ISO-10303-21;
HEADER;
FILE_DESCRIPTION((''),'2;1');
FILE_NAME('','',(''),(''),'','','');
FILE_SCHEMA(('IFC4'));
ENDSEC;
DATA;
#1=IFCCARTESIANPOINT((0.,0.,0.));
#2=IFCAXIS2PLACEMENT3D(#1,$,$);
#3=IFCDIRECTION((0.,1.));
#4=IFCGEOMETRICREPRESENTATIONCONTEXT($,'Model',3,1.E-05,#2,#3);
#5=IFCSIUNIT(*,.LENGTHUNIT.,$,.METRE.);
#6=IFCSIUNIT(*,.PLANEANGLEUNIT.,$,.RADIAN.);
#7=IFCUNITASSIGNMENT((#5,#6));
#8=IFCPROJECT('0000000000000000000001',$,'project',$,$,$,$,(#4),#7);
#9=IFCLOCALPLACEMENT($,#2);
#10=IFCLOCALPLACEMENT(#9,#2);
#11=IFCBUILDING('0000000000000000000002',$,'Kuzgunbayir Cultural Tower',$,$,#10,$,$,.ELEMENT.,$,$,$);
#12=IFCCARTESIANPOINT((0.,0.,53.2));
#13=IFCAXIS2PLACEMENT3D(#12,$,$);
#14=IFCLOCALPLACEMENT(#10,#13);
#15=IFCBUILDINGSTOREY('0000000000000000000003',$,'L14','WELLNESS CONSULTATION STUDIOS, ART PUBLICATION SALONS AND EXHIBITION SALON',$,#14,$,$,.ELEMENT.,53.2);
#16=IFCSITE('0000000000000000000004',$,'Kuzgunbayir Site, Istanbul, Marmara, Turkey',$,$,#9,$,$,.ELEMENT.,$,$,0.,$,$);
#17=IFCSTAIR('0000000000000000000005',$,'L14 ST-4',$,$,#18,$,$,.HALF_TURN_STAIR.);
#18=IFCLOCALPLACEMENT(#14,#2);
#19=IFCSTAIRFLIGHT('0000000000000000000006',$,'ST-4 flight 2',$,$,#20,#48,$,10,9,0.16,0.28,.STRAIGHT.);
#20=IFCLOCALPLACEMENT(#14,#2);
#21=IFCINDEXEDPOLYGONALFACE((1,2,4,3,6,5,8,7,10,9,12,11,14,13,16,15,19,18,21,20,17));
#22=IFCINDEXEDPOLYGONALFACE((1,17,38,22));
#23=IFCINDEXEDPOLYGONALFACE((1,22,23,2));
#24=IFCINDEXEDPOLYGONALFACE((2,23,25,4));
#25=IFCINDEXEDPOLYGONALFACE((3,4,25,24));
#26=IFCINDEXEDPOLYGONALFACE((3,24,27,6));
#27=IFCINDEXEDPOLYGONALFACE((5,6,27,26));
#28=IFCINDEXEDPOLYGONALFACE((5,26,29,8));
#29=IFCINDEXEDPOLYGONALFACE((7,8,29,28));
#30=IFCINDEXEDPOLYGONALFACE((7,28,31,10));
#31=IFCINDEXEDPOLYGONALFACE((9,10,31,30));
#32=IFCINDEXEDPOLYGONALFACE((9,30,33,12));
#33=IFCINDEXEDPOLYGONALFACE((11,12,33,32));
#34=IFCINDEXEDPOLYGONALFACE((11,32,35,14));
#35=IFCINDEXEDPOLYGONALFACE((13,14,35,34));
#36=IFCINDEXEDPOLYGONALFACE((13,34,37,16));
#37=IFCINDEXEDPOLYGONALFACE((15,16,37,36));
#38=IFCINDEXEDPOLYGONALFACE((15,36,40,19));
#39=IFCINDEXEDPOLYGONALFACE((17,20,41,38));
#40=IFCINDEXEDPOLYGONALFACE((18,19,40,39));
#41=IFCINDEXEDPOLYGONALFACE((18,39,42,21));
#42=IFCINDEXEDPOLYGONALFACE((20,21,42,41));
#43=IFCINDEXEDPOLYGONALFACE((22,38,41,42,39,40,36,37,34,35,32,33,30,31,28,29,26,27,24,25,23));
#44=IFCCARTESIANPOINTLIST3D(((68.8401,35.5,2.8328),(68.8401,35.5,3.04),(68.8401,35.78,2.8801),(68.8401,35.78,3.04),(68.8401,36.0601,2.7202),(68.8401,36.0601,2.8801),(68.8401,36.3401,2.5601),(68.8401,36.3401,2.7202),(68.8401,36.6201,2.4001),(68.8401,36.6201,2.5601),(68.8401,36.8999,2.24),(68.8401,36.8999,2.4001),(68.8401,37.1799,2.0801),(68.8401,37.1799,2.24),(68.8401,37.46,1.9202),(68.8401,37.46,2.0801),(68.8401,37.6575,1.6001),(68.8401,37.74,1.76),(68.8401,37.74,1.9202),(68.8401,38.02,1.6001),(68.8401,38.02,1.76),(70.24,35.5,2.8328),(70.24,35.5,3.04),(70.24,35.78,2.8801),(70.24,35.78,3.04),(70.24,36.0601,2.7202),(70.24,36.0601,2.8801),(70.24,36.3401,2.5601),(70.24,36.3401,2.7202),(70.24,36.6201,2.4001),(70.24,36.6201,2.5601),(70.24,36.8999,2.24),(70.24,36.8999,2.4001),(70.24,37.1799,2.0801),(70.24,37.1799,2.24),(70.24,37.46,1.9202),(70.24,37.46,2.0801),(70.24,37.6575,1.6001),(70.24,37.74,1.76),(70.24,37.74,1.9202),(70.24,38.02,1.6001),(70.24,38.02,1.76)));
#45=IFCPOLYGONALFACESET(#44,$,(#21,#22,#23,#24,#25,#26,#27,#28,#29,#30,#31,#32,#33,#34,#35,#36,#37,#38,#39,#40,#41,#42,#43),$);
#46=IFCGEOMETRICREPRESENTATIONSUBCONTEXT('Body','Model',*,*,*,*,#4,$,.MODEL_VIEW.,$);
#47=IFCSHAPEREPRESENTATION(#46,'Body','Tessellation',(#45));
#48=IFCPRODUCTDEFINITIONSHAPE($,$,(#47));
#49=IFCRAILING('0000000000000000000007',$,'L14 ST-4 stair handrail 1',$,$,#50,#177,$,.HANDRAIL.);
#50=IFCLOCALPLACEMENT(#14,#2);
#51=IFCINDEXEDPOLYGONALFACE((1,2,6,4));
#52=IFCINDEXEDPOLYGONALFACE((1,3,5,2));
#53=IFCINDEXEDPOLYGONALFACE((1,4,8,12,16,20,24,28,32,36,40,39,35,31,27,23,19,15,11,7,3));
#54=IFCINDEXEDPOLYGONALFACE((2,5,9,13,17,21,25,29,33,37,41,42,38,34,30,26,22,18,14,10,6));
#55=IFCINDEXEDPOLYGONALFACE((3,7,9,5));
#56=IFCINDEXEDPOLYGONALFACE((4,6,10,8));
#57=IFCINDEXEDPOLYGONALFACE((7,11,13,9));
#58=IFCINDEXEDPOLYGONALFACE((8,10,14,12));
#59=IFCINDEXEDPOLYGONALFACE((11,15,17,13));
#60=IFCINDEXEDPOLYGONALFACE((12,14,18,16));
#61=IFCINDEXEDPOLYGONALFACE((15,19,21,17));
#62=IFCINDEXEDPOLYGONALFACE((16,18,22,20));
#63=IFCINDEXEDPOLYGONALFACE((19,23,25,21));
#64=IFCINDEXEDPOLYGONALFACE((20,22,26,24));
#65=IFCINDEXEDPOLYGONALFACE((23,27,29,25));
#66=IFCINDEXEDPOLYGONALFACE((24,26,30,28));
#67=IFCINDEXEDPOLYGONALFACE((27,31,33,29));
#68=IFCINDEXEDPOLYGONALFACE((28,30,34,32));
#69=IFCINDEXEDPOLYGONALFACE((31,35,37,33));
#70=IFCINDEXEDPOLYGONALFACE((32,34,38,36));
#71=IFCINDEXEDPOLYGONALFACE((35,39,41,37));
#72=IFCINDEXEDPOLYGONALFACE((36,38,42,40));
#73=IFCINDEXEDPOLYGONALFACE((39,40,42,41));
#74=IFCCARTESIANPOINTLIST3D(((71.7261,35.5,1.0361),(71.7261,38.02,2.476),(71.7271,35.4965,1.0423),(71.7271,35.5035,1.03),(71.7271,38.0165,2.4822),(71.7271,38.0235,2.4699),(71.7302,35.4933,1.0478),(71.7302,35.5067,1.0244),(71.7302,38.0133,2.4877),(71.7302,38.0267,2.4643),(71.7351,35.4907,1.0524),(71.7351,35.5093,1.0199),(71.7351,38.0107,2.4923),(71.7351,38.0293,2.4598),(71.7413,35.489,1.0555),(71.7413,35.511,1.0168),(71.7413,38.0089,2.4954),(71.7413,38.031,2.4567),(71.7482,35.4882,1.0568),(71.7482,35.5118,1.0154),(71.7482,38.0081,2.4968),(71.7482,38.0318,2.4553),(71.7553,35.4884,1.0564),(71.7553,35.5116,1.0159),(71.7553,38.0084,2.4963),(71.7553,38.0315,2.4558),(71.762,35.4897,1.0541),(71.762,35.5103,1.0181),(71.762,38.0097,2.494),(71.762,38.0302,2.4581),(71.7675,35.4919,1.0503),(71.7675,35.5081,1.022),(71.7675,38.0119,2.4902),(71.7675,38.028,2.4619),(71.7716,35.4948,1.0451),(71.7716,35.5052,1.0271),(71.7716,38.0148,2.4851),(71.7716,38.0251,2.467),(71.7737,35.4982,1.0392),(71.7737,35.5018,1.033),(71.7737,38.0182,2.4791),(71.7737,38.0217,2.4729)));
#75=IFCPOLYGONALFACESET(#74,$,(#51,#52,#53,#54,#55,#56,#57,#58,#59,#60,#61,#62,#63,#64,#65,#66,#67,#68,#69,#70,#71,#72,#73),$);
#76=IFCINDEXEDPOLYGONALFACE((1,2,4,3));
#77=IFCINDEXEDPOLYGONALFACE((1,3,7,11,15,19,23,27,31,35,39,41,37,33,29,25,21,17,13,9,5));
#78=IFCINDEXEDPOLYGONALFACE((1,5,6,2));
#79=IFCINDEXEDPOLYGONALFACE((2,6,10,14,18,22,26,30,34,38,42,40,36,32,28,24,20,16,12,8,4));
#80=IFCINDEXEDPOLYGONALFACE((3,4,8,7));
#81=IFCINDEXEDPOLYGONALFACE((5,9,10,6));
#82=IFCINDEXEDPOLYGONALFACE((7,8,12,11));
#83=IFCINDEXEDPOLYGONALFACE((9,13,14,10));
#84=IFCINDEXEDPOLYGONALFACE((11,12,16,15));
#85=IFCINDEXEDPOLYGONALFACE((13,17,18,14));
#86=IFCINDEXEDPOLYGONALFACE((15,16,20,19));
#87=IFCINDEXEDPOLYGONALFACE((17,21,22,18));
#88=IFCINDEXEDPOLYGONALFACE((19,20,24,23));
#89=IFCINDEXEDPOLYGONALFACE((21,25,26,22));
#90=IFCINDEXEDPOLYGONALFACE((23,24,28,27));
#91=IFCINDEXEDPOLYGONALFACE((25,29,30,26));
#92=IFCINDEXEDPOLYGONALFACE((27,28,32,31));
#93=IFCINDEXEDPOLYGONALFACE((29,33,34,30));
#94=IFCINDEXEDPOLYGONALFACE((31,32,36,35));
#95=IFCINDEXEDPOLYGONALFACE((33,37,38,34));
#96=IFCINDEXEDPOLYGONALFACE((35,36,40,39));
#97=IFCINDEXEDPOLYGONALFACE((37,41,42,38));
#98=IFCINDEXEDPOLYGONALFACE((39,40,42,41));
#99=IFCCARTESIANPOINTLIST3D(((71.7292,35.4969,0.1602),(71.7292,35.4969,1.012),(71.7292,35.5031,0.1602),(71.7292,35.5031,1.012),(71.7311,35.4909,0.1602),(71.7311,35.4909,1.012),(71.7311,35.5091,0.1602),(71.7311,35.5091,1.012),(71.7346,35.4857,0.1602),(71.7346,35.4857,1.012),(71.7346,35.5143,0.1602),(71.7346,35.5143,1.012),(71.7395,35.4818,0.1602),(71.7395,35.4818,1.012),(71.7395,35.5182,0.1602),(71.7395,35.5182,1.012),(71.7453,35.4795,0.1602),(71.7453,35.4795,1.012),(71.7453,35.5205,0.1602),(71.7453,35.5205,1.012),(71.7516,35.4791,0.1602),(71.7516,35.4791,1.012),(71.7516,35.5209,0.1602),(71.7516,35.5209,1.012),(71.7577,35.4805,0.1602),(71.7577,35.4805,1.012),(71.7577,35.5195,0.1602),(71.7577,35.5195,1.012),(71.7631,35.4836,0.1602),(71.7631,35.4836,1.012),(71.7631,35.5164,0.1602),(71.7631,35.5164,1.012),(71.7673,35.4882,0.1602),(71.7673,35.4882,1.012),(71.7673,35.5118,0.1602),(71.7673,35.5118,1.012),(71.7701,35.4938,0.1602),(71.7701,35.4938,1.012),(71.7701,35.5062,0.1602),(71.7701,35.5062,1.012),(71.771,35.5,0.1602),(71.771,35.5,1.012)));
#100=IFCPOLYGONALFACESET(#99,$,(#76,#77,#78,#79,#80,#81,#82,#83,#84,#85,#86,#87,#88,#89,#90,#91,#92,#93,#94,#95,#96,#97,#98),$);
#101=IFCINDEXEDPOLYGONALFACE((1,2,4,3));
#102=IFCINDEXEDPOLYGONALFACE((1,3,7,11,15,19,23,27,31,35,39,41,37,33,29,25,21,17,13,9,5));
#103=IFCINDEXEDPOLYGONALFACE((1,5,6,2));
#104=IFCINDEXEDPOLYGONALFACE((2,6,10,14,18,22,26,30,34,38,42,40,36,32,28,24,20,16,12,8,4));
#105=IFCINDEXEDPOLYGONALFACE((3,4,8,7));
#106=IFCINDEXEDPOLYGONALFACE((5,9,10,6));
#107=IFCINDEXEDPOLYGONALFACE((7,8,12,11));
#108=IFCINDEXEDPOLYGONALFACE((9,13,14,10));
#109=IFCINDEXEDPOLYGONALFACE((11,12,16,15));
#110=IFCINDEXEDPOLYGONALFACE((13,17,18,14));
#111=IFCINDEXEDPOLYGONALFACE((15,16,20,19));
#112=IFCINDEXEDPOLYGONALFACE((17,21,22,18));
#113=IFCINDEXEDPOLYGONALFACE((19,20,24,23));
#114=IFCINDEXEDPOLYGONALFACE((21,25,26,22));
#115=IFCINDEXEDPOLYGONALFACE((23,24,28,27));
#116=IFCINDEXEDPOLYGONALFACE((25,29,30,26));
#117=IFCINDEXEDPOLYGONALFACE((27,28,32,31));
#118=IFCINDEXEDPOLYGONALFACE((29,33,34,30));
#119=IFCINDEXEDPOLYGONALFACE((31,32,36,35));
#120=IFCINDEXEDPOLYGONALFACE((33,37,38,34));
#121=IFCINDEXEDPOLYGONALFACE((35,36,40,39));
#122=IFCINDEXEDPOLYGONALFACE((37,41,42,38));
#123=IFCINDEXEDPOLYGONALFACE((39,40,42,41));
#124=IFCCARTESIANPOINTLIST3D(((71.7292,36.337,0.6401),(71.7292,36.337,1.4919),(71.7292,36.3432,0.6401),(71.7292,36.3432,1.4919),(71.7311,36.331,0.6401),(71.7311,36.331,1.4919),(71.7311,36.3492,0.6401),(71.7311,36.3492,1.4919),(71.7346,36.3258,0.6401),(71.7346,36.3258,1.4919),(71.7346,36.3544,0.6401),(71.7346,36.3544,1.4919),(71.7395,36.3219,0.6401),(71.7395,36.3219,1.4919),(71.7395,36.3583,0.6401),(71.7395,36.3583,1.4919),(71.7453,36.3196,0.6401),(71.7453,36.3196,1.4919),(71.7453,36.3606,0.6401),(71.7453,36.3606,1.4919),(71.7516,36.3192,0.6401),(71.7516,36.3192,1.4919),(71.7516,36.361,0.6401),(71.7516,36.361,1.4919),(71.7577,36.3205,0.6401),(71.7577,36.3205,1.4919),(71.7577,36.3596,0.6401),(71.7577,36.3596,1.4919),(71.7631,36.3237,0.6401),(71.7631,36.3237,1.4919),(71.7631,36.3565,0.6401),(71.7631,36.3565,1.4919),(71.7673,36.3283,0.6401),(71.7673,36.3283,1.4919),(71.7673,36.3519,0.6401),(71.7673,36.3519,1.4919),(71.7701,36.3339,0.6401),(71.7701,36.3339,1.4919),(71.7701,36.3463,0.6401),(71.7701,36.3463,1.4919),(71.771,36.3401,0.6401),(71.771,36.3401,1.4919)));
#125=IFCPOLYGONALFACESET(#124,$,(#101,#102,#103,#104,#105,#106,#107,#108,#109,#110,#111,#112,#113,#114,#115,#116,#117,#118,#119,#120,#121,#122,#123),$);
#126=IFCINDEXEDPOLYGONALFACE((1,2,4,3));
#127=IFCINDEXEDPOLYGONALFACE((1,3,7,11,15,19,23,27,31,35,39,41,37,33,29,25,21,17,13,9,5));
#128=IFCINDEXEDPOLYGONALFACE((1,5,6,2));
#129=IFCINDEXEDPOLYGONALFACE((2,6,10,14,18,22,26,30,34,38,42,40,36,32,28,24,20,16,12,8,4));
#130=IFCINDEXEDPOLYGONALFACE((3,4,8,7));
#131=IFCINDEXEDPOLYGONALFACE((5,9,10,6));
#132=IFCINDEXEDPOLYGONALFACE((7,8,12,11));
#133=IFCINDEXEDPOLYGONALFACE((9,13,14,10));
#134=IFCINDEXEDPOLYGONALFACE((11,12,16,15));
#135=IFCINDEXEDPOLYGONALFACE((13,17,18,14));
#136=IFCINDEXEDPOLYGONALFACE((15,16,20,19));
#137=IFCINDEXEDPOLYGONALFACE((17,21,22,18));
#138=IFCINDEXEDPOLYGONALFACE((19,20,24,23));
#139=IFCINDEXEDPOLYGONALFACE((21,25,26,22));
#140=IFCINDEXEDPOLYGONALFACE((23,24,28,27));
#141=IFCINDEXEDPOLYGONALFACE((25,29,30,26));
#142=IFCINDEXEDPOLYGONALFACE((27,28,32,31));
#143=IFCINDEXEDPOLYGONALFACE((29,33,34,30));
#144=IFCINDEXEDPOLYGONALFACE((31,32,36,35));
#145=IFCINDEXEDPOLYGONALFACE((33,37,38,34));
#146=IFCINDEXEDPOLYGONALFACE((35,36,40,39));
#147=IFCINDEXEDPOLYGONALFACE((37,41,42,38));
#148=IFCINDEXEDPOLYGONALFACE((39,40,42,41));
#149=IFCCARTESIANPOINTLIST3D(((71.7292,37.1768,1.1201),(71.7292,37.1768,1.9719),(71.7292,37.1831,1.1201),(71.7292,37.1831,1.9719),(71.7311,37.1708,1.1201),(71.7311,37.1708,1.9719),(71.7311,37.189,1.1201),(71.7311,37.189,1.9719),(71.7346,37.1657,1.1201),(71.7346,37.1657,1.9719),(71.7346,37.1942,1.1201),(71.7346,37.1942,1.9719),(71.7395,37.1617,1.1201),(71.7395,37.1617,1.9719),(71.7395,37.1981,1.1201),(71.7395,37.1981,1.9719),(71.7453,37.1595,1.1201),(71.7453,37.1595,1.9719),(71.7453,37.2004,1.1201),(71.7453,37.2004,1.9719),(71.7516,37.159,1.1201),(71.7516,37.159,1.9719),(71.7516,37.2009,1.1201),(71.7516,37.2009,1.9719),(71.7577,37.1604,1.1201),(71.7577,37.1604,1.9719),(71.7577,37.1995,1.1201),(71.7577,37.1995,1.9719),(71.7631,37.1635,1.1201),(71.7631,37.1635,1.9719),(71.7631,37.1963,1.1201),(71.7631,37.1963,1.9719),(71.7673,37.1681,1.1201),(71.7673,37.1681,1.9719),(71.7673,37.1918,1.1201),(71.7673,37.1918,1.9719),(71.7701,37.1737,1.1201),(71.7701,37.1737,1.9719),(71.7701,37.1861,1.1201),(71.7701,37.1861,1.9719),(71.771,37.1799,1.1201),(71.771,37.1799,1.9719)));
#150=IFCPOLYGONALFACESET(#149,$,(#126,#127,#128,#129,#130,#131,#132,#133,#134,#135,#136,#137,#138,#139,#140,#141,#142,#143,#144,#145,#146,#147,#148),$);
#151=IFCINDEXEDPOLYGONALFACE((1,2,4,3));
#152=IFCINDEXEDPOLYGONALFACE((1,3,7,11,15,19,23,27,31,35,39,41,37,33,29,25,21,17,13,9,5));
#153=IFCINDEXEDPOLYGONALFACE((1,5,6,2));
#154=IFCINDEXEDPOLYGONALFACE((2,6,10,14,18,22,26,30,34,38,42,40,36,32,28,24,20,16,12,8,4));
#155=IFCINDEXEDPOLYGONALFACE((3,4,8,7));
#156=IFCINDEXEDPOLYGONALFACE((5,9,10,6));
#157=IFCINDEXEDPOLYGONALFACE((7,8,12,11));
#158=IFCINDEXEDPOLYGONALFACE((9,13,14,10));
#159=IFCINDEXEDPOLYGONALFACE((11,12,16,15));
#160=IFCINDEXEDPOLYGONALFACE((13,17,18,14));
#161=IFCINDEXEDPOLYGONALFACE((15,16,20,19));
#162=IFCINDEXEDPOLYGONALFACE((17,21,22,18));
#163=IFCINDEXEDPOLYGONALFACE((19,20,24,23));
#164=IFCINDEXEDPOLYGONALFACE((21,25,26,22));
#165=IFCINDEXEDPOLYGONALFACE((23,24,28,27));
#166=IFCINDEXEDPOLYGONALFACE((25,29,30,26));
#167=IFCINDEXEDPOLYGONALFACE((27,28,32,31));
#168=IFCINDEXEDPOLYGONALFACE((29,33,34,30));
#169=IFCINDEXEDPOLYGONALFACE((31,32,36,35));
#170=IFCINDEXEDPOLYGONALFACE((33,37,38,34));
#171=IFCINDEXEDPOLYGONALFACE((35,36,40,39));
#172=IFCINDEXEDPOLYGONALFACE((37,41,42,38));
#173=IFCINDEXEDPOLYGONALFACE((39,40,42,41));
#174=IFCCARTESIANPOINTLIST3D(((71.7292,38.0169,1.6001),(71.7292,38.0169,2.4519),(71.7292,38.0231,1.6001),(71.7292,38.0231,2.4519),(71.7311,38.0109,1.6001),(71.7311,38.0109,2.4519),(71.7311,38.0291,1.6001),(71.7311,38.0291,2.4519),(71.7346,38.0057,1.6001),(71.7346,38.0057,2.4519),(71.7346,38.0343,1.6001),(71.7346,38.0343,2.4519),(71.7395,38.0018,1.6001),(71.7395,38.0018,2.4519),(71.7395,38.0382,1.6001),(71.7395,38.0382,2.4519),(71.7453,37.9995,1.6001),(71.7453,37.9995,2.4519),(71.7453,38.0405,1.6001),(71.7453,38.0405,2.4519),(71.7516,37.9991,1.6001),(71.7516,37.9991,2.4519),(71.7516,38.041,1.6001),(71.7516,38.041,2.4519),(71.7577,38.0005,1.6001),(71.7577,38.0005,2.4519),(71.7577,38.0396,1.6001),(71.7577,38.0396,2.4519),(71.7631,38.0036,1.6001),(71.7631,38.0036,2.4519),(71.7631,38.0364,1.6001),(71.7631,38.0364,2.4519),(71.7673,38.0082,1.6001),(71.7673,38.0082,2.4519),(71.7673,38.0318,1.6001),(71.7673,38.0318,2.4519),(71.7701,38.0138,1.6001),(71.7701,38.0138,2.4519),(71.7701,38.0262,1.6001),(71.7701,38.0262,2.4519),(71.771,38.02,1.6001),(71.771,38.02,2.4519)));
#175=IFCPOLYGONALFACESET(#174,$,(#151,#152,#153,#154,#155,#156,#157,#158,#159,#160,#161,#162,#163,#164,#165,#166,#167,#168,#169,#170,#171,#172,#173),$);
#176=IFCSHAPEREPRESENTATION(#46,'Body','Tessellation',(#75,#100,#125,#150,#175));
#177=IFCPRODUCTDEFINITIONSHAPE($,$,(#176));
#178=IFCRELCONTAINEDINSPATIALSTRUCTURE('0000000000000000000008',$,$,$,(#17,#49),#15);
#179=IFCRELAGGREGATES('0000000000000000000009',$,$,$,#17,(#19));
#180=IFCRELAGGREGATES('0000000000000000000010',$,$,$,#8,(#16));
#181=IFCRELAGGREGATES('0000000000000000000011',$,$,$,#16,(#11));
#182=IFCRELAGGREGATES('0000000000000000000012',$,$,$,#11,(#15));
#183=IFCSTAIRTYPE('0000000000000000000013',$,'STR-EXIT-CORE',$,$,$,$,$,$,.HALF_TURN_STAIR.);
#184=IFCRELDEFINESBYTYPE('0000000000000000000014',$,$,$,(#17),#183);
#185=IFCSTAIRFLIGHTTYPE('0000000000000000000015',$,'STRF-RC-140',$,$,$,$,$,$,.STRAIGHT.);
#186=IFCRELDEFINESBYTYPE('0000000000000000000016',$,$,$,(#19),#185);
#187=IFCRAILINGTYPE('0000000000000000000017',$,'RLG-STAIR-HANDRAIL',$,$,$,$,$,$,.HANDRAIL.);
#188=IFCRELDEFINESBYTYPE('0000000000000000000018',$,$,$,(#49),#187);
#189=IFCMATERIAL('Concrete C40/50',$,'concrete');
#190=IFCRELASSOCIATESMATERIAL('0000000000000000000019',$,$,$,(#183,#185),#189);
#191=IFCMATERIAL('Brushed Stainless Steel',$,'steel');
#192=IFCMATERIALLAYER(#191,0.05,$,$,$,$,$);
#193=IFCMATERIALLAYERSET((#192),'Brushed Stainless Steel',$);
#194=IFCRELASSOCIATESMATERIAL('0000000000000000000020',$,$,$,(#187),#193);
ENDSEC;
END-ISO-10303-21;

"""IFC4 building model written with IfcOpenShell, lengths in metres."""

from ifc_helpers import new_model, si_unit, direction, frame, origin, origin_2d, place, context, subcontext, project, spatial, polyline, circle, outline, extrude, material, layer, layer_set, type_object, element, aggregate, save


model = new_model("IFC4")

# Units and contexts
model_context = context("Model", 3, precision=1e-05, world=origin(), true_north=direction((0.0, 1.0)))
body_context = subcontext(model_context, "Body", "Model", "MODEL_VIEW")
ifc_project = project(units=[si_unit("LENGTHUNIT", "METRE"), si_unit("PLANEANGLEUNIT", "RADIAN")], contexts=[model_context])

# Site, building, storey
site_placement = place(None, origin())
site = spatial("IfcSite", under=ifc_project, at=site_placement, Name="Kuzgunbayir Site, Istanbul, Marmara, Turkey", CompositionType="ELEMENT", RefElevation=0.0)
building_placement = place(site_placement, origin())
building = spatial("IfcBuilding", under=site, at=building_placement, Name="Kuzgunbayir Cultural Tower", CompositionType="ELEMENT")
storey_placement = place(building_placement, frame((0.0, 0.0, 53.2)))
storey = spatial("IfcBuildingStorey", under=building, at=storey_placement, Name="L14", Description="WELLNESS CONSULTATION STUDIOS, ART PUBLICATION SALONS AND EXHIBITION SALON", CompositionType="ELEMENT", Elevation=53.2)

# Shared definitions
ifc_material_1 = material(Name="Concrete C40/50", Category="concrete")
ifc_material_2 = material(Name="Brushed Stainless Steel", Category="steel")

# Stair, stair flight
stair_type = type_object("IfcStairType", Name="STR-EXIT-CORE", PredefinedType="HALF_TURN_STAIR", material=ifc_material_1)
stair_placement = place(storey_placement, origin())
stair = element("IfcStair", 1, at=stair_placement, inside=storey, type_object=stair_type, Name="L14 ST-4", PredefinedType="HALF_TURN_STAIR")
stair_flight_type = type_object("IfcStairFlightType", Name="STRF-RC-140", PredefinedType="STRAIGHT", material=ifc_material_1)
stair_flight_placement = place(storey_placement, frame((69.54, 38.02, 1.6001), z_axis=(0.0, 0.0, 1.0), x_axis=(0.0, -1.0, 0.0)))
stair_flight = element("IfcStairFlight", 2, at=stair_flight_placement, type_object=stair_flight_type, Name="ST-4 flight 2", NumberOfRisers=10, NumberOfTreads=9, PredefinedType="STRAIGHT", RiserHeight=0.16, TreadLength=0.28, context=body_context, shape_type="SweptSolid", body=[
    extrude(outline(polyline([(0.0, 0.0), (0.0, 0.1599), (0.28, 0.1599), (0.28, 0.3201), (0.5601, 0.3201), (0.5601, 0.48), (0.8401, 0.48), (0.8401, 0.6399), (1.1201, 0.6399), (1.1201, 0.8), (1.3999, 0.8), (1.3999, 0.96), (1.6799, 0.96), (1.6799, 1.1201), (1.96, 1.1201), (1.96, 1.28), (2.24, 1.28), (2.24, 1.4399), (2.52, 1.4399), (2.52, 1.6001), (2.52, 1.2327), (0.3625, 0.0), (0.0, 0.0)])), frame((0.0, 0.7, 0.0), z_axis=(0.0, -1.0, 0.0), x_axis=(1.0, 0.0, 0.0)), (0.0, 0.0, 1.0), 1.3999),
])
aggregate(stair, [stair_flight])

# Railing
ifc_layer_1 = layer(ifc_material_2, 0.05)
ifc_layer_set_1 = layer_set([ifc_layer_1], Name="Brushed Stainless Steel")
railing_type_1 = type_object("IfcRailingType", Name="RLG-STAIR-HANDRAIL", PredefinedType="HANDRAIL", material=ifc_layer_set_1)
railing_1_placement = place(storey_placement, frame((71.75, 35.5, 0.1602)))
element("IfcRailing", 3, at=railing_1_placement, inside=storey, type_object=railing_type_1, Name="L14 ST-4 stair handrail 1", PredefinedType="HANDRAIL", context=body_context, shape_type="SweptSolid", body=[
    extrude(circle(Radius=0.0239, at=origin_2d()), frame((0.0, 0.0, 0.876), z_axis=(0.0, 0.868253, 0.496121), x_axis=(-1.0, 0.0, 0.0)), (0.0, 0.0, 1.0), 2.9023),
    extrude(circle(Radius=0.021, at=origin_2d()), origin(), (0.0, 0.0, 1.0), 0.8518),
    extrude(circle(Radius=0.021, at=origin_2d()), frame((0.0, 0.8401, 0.48)), (0.0, 0.0, 1.0), 0.8518),
    extrude(circle(Radius=0.021, at=origin_2d()), frame((0.0, 1.6799, 0.96)), (0.0, 0.0, 1.0), 0.8518),
    extrude(circle(Radius=0.021, at=origin_2d()), frame((0.0, 2.52, 1.4399)), (0.0, 0.0, 1.0), 0.8518),
])

save(model, "model.ifc")
